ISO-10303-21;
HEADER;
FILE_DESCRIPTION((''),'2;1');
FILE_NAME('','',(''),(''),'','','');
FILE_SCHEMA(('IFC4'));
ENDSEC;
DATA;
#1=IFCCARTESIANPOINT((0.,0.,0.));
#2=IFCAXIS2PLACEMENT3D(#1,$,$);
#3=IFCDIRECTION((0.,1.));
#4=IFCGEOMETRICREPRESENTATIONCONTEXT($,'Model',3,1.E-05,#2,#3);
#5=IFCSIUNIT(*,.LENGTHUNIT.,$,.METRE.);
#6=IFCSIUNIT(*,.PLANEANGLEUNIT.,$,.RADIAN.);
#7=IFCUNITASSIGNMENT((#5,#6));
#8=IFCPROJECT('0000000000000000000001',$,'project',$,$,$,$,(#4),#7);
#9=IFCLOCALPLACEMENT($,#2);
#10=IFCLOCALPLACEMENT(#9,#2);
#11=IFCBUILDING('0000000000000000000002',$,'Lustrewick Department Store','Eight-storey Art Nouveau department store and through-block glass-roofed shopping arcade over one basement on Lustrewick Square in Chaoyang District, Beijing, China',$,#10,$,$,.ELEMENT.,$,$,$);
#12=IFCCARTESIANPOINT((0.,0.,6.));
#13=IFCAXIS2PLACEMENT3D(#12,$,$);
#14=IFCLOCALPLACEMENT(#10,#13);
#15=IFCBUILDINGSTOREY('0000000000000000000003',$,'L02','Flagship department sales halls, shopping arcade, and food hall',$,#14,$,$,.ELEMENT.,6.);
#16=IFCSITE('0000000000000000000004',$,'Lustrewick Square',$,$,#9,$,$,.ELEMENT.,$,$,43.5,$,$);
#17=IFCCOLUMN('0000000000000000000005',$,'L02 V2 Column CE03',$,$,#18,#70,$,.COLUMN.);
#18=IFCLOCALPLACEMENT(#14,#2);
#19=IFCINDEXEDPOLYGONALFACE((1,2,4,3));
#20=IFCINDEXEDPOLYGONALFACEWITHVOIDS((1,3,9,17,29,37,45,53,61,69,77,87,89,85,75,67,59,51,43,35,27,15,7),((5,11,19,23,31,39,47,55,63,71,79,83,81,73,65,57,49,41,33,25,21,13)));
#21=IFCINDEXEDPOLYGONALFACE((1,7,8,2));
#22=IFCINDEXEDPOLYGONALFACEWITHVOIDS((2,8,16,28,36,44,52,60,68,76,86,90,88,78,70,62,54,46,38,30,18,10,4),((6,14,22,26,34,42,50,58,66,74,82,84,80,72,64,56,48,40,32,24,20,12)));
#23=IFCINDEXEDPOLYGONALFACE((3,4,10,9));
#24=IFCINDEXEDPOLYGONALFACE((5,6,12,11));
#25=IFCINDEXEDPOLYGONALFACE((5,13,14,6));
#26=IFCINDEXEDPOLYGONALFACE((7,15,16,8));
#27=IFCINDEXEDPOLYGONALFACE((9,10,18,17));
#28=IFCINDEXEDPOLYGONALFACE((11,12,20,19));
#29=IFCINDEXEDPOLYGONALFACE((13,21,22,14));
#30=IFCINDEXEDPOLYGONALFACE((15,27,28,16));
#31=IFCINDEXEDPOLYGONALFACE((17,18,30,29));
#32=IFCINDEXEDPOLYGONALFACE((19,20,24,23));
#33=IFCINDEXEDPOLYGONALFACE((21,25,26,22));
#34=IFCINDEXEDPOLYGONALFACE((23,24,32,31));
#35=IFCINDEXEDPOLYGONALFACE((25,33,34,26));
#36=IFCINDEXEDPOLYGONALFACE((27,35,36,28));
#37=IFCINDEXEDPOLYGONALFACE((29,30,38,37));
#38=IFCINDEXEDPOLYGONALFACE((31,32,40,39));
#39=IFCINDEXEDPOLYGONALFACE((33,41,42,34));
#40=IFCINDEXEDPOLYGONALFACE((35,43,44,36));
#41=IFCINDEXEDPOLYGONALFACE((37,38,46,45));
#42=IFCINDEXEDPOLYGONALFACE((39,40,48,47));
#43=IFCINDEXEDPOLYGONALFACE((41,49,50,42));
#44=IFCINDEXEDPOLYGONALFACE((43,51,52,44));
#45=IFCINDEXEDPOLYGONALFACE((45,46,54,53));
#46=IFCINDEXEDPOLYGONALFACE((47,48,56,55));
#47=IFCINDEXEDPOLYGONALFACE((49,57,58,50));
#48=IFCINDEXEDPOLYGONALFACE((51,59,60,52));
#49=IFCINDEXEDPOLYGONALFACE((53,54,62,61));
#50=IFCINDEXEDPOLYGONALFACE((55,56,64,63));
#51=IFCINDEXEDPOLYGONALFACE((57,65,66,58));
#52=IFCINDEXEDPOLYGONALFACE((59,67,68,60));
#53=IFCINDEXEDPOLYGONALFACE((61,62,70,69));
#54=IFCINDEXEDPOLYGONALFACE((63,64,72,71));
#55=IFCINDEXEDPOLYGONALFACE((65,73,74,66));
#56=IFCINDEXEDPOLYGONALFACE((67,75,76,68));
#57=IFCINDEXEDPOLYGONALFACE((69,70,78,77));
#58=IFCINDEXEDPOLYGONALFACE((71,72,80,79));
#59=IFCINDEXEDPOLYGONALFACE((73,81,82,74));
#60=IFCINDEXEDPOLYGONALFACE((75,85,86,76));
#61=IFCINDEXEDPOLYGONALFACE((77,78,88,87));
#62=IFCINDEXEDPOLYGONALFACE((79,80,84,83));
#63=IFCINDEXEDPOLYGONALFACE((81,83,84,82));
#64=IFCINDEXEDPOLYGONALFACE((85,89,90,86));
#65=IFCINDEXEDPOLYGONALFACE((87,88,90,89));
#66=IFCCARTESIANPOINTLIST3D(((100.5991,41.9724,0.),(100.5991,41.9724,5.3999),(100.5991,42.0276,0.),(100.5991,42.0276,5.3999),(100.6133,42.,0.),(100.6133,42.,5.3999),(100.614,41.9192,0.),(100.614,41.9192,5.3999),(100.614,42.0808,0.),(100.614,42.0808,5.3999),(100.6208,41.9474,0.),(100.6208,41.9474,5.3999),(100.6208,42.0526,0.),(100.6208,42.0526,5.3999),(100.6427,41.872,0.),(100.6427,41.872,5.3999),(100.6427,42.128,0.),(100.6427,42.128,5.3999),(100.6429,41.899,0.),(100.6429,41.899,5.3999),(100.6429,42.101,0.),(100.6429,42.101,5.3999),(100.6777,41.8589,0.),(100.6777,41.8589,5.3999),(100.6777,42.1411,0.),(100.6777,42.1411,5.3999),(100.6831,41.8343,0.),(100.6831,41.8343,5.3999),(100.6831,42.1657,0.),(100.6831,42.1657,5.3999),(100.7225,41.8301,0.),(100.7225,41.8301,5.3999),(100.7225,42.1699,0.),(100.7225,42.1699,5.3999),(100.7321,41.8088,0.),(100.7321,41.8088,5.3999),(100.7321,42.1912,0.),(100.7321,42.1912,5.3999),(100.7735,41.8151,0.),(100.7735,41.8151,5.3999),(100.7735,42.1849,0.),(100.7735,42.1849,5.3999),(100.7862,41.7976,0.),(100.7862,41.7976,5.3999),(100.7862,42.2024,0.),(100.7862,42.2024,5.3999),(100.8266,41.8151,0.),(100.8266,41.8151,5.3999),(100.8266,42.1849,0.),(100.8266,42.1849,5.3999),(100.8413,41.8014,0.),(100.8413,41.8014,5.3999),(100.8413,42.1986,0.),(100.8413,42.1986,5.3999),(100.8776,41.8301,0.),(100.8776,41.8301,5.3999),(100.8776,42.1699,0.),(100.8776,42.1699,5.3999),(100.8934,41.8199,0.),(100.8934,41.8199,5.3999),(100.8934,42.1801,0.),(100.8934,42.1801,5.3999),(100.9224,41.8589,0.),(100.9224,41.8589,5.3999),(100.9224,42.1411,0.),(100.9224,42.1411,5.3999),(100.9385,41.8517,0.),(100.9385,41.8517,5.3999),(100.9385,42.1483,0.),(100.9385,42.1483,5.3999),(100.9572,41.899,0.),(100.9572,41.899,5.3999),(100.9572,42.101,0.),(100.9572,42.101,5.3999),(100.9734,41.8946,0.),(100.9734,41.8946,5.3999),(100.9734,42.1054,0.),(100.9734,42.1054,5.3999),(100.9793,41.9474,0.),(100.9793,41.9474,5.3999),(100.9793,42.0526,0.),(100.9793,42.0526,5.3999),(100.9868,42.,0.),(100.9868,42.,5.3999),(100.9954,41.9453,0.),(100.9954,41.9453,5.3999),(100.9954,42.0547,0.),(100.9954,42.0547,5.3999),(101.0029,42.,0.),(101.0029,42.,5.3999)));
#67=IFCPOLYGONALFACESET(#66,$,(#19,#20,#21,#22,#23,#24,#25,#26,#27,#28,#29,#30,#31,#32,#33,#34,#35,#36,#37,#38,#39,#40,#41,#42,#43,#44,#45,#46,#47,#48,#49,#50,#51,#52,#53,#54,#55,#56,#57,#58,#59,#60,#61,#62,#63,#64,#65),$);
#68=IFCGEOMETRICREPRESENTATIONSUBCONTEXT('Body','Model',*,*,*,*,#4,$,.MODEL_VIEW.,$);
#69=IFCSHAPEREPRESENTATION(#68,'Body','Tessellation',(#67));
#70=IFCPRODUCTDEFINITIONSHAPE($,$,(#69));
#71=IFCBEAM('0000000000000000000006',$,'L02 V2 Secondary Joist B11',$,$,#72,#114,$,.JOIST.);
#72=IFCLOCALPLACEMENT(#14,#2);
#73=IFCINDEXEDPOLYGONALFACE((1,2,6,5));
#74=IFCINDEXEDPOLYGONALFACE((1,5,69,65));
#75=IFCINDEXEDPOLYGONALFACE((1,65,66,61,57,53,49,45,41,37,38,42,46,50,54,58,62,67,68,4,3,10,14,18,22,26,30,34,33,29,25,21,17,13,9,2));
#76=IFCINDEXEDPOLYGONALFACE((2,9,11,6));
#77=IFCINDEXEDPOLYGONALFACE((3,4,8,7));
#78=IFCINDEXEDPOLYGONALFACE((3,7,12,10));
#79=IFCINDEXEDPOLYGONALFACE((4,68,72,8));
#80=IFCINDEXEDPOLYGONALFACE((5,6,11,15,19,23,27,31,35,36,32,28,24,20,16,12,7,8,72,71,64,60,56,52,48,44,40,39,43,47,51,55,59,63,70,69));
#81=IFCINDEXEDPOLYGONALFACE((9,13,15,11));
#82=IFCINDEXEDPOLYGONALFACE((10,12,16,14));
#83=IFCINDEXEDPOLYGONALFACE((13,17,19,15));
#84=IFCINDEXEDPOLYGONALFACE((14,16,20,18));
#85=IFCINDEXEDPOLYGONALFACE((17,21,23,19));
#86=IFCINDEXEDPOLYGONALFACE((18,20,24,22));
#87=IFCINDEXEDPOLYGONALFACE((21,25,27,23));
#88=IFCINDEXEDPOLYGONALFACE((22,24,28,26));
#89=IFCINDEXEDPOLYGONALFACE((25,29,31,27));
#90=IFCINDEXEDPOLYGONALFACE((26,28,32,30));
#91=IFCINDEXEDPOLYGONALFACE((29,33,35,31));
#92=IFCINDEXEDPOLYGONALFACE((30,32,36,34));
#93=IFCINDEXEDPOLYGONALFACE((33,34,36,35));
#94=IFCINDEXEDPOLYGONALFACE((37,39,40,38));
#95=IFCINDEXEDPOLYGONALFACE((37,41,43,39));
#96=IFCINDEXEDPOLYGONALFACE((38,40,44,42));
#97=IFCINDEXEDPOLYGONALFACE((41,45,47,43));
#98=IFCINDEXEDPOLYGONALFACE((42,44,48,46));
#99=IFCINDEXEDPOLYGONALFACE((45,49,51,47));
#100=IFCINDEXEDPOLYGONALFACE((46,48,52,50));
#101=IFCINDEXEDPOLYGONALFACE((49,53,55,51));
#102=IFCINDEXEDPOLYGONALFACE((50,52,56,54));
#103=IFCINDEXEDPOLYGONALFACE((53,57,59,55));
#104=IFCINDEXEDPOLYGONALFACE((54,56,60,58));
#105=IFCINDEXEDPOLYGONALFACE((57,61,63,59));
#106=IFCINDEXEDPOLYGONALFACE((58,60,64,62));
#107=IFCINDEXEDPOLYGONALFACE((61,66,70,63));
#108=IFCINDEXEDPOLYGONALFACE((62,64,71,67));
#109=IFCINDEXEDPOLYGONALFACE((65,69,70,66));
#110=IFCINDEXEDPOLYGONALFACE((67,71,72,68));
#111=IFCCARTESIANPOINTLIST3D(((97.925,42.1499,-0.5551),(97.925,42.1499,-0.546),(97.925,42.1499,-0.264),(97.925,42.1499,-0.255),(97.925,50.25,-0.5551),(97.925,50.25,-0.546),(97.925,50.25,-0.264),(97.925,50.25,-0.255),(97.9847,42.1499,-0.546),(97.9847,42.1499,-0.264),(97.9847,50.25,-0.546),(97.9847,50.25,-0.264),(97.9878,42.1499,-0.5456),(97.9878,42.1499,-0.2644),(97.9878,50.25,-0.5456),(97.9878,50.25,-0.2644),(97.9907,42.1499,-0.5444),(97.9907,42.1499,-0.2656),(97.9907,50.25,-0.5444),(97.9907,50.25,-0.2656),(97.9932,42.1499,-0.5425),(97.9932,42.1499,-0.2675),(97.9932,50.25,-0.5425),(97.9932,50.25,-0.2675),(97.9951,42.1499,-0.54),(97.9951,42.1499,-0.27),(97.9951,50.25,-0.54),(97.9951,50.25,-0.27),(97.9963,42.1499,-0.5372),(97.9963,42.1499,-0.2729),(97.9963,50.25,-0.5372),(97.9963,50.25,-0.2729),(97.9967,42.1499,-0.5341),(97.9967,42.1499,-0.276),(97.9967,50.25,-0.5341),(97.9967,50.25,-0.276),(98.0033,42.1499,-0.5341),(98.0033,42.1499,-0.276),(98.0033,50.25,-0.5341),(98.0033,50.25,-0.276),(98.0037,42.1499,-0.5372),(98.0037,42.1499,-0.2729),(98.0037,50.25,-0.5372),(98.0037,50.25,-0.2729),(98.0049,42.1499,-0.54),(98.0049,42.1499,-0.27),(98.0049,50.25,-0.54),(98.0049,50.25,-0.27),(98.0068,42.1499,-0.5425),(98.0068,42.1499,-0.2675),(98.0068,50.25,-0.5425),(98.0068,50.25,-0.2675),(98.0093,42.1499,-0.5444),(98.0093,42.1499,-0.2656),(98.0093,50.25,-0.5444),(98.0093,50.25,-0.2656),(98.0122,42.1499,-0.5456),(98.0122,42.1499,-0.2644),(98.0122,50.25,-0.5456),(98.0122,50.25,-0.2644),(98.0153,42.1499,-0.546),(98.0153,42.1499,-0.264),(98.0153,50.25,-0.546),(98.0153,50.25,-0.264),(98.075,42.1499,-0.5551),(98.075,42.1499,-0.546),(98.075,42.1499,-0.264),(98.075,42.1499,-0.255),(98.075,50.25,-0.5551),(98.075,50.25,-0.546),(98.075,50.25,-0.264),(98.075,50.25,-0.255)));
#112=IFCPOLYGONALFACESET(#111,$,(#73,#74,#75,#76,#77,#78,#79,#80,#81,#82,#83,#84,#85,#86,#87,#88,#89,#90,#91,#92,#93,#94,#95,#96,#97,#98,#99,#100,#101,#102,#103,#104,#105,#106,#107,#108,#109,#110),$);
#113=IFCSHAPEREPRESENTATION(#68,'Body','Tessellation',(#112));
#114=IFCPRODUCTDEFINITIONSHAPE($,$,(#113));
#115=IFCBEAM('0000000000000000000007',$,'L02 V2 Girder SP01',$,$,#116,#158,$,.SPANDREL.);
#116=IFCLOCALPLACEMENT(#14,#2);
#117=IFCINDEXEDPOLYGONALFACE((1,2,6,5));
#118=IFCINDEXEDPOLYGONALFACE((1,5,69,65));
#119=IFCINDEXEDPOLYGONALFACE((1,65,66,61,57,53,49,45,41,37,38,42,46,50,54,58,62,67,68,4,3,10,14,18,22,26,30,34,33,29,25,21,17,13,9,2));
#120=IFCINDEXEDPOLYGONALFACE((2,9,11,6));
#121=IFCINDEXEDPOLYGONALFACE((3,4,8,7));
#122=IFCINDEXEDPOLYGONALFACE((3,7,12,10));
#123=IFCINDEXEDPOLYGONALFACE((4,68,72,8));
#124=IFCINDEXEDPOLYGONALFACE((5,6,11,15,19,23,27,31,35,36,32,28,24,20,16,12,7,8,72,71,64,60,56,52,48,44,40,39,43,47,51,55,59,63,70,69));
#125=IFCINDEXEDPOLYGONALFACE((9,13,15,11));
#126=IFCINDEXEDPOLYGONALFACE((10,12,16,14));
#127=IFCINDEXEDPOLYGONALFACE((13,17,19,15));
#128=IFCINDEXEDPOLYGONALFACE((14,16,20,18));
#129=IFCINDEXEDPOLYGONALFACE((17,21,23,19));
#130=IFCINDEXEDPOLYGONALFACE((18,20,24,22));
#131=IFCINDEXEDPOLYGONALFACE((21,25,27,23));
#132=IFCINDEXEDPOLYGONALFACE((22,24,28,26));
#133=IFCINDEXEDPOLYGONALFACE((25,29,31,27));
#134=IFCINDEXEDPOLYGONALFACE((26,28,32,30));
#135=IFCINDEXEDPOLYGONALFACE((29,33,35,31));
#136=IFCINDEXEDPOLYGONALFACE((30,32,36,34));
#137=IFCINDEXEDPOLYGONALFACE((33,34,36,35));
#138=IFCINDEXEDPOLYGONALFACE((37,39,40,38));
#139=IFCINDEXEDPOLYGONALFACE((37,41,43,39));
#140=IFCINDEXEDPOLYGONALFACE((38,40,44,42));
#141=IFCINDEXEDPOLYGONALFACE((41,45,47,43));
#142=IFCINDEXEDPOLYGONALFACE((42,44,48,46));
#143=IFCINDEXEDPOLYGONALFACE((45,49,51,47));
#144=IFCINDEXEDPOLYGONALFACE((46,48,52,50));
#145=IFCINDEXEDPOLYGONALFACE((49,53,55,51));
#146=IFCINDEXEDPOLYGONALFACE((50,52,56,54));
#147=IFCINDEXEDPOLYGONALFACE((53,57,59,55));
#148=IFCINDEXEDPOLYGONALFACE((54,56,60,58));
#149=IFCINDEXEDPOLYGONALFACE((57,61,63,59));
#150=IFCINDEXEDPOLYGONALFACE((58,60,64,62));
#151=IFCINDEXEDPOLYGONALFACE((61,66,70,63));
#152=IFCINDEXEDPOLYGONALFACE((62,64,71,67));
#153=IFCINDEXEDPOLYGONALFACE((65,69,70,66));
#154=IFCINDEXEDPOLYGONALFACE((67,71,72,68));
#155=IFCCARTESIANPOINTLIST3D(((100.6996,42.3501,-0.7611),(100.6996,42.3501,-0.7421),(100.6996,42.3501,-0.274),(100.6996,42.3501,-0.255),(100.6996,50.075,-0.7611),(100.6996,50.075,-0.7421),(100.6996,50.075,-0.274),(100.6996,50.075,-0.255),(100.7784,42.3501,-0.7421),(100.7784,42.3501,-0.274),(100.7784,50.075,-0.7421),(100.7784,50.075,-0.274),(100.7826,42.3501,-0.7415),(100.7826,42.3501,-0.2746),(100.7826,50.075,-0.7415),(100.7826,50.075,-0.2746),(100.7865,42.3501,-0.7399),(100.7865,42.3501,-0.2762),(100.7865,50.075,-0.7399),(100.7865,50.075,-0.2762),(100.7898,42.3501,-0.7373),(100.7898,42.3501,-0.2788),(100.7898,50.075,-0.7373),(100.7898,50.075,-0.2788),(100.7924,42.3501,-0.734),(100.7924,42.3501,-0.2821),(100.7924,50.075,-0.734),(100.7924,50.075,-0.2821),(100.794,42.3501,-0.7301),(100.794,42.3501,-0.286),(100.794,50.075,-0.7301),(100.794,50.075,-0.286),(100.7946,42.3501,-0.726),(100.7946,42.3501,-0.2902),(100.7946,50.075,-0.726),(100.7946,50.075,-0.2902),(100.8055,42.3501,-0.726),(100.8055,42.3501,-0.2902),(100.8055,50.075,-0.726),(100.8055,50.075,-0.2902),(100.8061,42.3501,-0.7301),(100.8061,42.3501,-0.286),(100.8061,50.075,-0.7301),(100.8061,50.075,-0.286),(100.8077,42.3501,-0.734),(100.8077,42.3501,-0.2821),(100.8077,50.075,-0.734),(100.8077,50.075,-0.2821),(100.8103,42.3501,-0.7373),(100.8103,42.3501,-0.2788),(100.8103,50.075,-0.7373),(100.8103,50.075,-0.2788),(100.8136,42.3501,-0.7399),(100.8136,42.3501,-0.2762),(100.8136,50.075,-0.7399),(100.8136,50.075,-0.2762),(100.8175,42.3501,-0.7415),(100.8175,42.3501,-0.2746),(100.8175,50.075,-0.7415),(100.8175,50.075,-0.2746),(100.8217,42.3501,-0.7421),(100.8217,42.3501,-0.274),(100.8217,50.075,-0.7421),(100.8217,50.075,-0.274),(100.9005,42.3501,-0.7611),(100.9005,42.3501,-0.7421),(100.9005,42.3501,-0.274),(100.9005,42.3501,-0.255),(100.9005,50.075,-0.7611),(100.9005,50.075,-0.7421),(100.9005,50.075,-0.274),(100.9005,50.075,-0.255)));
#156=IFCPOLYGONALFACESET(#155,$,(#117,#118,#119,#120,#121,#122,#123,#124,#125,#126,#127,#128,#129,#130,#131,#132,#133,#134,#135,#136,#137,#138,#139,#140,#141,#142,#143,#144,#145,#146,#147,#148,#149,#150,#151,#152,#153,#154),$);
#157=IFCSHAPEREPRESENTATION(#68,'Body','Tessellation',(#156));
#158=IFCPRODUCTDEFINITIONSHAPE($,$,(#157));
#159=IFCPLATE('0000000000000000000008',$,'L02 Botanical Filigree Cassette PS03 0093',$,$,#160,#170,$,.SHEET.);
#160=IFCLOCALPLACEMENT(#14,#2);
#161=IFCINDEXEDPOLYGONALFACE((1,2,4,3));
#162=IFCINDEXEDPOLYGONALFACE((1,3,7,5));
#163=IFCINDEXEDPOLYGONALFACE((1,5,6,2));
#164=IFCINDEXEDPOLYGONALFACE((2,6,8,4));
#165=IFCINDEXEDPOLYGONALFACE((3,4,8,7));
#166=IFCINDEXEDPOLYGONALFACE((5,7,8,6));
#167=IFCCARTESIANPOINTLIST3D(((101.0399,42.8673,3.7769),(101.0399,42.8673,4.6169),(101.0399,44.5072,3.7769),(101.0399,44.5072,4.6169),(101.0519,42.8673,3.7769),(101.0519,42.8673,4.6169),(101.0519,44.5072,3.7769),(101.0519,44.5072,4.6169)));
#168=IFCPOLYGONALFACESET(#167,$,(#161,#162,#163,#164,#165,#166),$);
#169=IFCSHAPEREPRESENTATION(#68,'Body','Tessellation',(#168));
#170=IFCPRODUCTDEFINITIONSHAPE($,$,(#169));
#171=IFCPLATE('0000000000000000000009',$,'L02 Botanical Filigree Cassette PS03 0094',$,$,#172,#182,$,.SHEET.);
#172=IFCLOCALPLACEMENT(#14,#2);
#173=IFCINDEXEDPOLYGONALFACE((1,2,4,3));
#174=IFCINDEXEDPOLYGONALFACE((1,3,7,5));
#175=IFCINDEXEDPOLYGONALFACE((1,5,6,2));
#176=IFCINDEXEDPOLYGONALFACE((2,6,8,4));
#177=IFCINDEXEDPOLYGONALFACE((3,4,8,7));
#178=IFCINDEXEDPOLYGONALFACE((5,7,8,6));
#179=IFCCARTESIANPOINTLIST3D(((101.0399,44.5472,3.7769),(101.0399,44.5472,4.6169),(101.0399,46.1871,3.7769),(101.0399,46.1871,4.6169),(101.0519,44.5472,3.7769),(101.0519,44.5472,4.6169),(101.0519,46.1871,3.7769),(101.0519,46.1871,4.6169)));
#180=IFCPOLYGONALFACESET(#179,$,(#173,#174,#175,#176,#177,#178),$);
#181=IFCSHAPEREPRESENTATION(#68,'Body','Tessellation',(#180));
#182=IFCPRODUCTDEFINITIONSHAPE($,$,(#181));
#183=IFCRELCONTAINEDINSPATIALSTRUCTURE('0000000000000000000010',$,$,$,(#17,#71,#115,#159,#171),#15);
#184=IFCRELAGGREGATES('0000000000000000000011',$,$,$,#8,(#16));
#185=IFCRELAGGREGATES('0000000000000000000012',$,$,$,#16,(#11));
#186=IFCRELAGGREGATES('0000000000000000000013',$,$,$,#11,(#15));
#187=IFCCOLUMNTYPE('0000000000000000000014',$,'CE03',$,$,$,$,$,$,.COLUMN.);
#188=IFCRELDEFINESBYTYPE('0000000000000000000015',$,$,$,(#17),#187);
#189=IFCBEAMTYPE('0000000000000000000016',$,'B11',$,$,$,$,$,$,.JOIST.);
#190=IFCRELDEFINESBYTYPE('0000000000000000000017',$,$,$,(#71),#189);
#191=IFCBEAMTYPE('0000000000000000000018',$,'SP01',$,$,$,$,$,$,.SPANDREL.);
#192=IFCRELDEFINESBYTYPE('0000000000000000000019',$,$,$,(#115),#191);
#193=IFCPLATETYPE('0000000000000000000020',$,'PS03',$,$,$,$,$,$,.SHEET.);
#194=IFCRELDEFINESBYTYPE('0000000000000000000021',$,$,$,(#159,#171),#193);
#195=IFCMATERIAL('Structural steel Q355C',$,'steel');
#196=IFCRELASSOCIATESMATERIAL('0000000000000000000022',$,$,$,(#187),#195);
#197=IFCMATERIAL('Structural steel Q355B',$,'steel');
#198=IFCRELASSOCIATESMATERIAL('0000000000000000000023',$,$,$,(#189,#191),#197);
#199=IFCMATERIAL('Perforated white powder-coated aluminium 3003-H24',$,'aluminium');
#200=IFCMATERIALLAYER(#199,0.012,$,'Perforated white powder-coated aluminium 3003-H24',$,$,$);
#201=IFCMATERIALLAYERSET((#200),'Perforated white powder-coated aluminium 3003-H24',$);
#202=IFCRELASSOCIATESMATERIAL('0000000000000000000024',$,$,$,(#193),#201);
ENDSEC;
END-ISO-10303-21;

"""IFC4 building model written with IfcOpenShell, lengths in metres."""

from ifc_helpers import new_model, si_unit, direction, frame, origin, origin_2d, place, context, subcontext, project, spatial, rectangle, hollow_circle, i_section, extrude, material, layer, layer_set, material_profile, profile_set, type_object, element, save


model = new_model("IFC4")

# Units and contexts
model_context = context("Model", 3, precision=1e-05, world=origin(), true_north=direction((0.0, 1.0)))
body_context = subcontext(model_context, "Body", "Model", "MODEL_VIEW")
ifc_project = project(units=[si_unit("LENGTHUNIT", "METRE"), si_unit("PLANEANGLEUNIT", "RADIAN")], contexts=[model_context])

# Site, building, storey
site_placement = place(None, origin())
site = spatial("IfcSite", under=ifc_project, at=site_placement, Name="Lustrewick Square", CompositionType="ELEMENT", RefElevation=43.5)
building_placement = place(site_placement, origin())
building = spatial("IfcBuilding", under=site, at=building_placement, Name="Lustrewick Department Store", Description="Eight-storey Art Nouveau department store and through-block glass-roofed shopping arcade over one basement on Lustrewick Square in Chaoyang District, Beijing, China", CompositionType="ELEMENT")
storey_placement = place(building_placement, frame((0.0, 0.0, 6.0)))
storey = spatial("IfcBuildingStorey", under=building, at=storey_placement, Name="L02", Description="Flagship department sales halls, shopping arcade, and food hall", CompositionType="ELEMENT", Elevation=6.0)

# Column
ifc_material_1 = material(Name="Structural steel Q355C", Category="steel")
ifc_material_profile_1 = material_profile(ifc_material_1, hollow_circle(Radius=0.2029, WallThickness=0.0161, at=origin_2d()), Name="CHS 406x16")
ifc_profile_set_1 = profile_set([ifc_material_profile_1], Name="Structural steel Q355C")
column_type = type_object("IfcColumnType", Name="CE03", PredefinedType="COLUMN", material=ifc_profile_set_1)
column_placement = place(storey_placement, frame((100.8, 42.0, 0.0), z_axis=(0.0, 0.0, 1.0), x_axis=(1.0, 0.0, 0.0)))
element("IfcColumn", 1, at=column_placement, inside=storey, type_object=column_type, Name="L02 V2 Column CE03", PredefinedType="COLUMN", context=body_context, shape_type="SweptSolid", body=[
    extrude(hollow_circle(Radius=0.2029, WallThickness=0.0161, at=origin_2d()), origin(), (0.0, 0.0, 1.0), 5.3999),
])

# Beams
ifc_material_2 = material(Name="Structural steel Q355B", Category="steel")
ifc_material_profile_2 = material_profile(ifc_material_2, i_section(OverallWidth=0.1499, OverallDepth=0.3, WebThickness=0.0066, FlangeThickness=0.009, FilletRadius=0.012, at=origin_2d()), Name="HN 300x150x6.5x9")
ifc_profile_set_2 = profile_set([ifc_material_profile_2], Name="Structural steel Q355B")
beam_type_1 = type_object("IfcBeamType", Name="B11", PredefinedType="JOIST", material=ifc_profile_set_2)
beam_1_placement = place(storey_placement, frame((98.0, 42.1499, -0.405), z_axis=(0.0, 1.0, 0.0), x_axis=(-1.0, 0.0, 0.0)))
element("IfcBeam", 2, at=beam_1_placement, inside=storey, type_object=beam_type_1, Name="L02 V2 Secondary Joist B11", PredefinedType="JOIST", context=body_context, shape_type="SweptSolid", body=[
    extrude(i_section(OverallWidth=0.1499, OverallDepth=0.3, WebThickness=0.0066, FlangeThickness=0.009, FilletRadius=0.012, at=origin_2d()), origin(), (0.0, 0.0, 1.0), 8.1001),
])
ifc_material_profile_3 = material_profile(ifc_material_2, i_section(OverallWidth=0.2009, OverallDepth=0.5061, WebThickness=0.011, FlangeThickness=0.019, FilletRadius=0.0161, at=origin_2d()), Name="HN 506x201x11x19")
ifc_profile_set_3 = profile_set([ifc_material_profile_3], Name="Structural steel Q355B")
beam_type_2 = type_object("IfcBeamType", Name="SP01", PredefinedType="SPANDREL", material=ifc_profile_set_3)
beam_2_placement = place(storey_placement, frame((100.8, 42.3501, -0.5081), z_axis=(0.0, 1.0, 0.0), x_axis=(-1.0, 0.0, 0.0)))
element("IfcBeam", 3, at=beam_2_placement, inside=storey, type_object=beam_type_2, Name="L02 V2 Girder SP01", PredefinedType="SPANDREL", context=body_context, shape_type="SweptSolid", body=[
    extrude(i_section(OverallWidth=0.2009, OverallDepth=0.5061, WebThickness=0.011, FlangeThickness=0.019, FilletRadius=0.0161, at=origin_2d()), origin(), (0.0, 0.0, 1.0), 7.7249),
])

# Plates
ifc_material_3 = material(Name="Perforated white powder-coated aluminium 3003-H24", Category="aluminium")
ifc_layer_1 = layer(ifc_material_3, 0.012, Name="Perforated white powder-coated aluminium 3003-H24")
ifc_layer_set_1 = layer_set([ifc_layer_1], Name="Perforated white powder-coated aluminium 3003-H24")
plate_type = type_object("IfcPlateType", Name="PS03", PredefinedType="SHEET", material=ifc_layer_set_1)
for number, where, z_axis, x_axis, name in (
    (4, (101.0459, 43.6873, 3.7769), (0.0, 0.0, 1.0), (0.0, 1.0, 0.0), "L02 Botanical Filigree Cassette PS03 0093"),
    (5, (101.0459, 45.3672, 3.7769), (0.0, 0.0, 1.0), (0.0, 1.0, 0.0), "L02 Botanical Filigree Cassette PS03 0094"),
):
    element("IfcPlate", number, at=place(storey_placement, frame(where, z_axis=z_axis, x_axis=x_axis)), inside=storey, type_object=plate_type, Name=name, PredefinedType="SHEET", context=body_context, shape_type="SweptSolid", body=[
        extrude(rectangle(XDim=1.6399, YDim=0.012, at=origin_2d()), origin(), (0.0, 0.0, 1.0), 0.8401),
    ])

save(model, "model.ifc")
